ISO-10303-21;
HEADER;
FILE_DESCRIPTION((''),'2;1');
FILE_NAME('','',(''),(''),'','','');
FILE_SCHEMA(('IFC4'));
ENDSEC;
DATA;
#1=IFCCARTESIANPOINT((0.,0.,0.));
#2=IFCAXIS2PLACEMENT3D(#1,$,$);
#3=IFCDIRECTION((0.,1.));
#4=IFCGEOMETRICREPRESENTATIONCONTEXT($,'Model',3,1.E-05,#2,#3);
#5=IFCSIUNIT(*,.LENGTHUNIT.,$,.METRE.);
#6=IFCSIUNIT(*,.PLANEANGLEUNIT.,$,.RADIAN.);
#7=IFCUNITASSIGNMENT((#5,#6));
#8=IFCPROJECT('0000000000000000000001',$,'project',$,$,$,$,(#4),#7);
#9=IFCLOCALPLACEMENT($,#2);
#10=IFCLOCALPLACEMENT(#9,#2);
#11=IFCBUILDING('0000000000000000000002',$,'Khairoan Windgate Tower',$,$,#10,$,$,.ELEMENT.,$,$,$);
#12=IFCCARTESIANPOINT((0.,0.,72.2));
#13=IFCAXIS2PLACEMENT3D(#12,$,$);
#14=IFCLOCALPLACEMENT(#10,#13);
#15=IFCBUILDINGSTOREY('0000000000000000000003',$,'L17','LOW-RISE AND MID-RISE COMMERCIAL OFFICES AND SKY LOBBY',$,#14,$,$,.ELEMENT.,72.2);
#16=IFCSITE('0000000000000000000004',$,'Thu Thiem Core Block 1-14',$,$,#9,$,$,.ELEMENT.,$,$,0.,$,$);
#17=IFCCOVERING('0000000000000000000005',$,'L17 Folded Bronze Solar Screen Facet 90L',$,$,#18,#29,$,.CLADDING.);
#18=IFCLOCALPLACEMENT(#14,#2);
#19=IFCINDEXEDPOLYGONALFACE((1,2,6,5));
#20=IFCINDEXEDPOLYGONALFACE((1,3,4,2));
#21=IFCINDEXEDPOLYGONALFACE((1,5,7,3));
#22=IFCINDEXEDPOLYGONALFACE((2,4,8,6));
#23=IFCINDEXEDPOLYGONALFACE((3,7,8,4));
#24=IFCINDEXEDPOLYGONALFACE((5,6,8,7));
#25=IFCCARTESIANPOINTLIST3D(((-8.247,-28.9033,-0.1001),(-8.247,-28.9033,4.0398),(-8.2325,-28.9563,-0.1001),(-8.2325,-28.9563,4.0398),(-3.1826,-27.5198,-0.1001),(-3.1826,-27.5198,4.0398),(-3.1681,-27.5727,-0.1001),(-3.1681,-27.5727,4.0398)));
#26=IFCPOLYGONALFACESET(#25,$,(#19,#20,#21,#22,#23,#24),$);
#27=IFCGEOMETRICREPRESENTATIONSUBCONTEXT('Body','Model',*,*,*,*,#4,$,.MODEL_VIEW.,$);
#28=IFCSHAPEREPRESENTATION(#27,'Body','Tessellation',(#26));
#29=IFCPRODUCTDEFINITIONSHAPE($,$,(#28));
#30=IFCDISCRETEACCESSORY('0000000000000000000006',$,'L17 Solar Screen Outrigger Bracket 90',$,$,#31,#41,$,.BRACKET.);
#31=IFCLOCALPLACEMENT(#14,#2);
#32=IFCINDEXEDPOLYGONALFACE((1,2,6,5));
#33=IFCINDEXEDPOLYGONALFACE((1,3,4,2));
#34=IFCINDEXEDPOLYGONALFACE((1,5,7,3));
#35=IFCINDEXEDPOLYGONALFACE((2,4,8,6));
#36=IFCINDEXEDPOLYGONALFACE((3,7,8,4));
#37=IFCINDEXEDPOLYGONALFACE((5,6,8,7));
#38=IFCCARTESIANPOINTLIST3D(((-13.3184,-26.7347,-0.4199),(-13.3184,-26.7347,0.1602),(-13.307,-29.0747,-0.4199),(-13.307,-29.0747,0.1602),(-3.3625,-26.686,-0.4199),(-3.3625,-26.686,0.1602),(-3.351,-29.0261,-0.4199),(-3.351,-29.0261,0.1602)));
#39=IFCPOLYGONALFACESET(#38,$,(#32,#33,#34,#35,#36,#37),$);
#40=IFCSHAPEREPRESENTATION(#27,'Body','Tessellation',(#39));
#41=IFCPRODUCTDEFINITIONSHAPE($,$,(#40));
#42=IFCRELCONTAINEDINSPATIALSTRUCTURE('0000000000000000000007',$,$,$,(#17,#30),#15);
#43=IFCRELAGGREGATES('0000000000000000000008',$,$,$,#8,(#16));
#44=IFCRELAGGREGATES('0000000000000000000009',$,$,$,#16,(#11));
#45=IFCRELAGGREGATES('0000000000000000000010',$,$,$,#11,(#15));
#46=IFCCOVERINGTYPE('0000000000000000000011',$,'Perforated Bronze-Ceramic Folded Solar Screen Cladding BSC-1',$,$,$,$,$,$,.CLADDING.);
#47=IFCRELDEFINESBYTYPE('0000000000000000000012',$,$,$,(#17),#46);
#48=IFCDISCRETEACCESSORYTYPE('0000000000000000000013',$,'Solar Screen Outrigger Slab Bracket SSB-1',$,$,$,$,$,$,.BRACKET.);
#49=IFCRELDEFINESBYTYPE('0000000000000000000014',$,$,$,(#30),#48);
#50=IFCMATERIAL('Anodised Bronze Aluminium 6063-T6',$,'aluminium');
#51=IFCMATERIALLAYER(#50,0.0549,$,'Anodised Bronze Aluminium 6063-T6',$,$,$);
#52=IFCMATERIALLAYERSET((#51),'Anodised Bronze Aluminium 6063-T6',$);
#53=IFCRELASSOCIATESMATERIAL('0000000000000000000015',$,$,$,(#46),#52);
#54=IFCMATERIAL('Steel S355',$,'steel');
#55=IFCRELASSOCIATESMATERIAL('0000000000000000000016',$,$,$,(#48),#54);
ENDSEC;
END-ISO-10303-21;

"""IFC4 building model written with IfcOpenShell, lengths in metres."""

from ifc_helpers import new_model, si_unit, direction, frame, origin, origin_2d, place, context, subcontext, project, spatial, rectangle, extrude, material, layer, layer_set, type_object, element, save


model = new_model("IFC4")

# Units and contexts
model_context = context("Model", 3, precision=1e-05, world=origin(), true_north=direction((0.0, 1.0)))
body_context = subcontext(model_context, "Body", "Model", "MODEL_VIEW")
ifc_project = project(units=[si_unit("LENGTHUNIT", "METRE"), si_unit("PLANEANGLEUNIT", "RADIAN")], contexts=[model_context])

# Site, building, storey
site_placement = place(None, origin())
site = spatial("IfcSite", under=ifc_project, at=site_placement, Name="Thu Thiem Core Block 1-14", CompositionType="ELEMENT", RefElevation=0.0)
building_placement = place(site_placement, origin())
building = spatial("IfcBuilding", under=site, at=building_placement, Name="Khairoan Windgate Tower", CompositionType="ELEMENT")
storey_placement = place(building_placement, frame((0.0, 0.0, 72.2)))
storey = spatial("IfcBuildingStorey", under=building, at=storey_placement, Name="L17", Description="LOW-RISE AND MID-RISE COMMERCIAL OFFICES AND SKY LOBBY", CompositionType="ELEMENT", Elevation=72.2)

# Covering
ifc_material_1 = material(Name="Anodised Bronze Aluminium 6063-T6", Category="aluminium")
ifc_layer_1 = layer(ifc_material_1, 0.0549, Name="Anodised Bronze Aluminium 6063-T6")
ifc_layer_set_1 = layer_set([ifc_layer_1], Name="Anodised Bronze Aluminium 6063-T6")
covering_type = type_object("IfcCoveringType", Name="Perforated Bronze-Ceramic Folded Solar Screen Cladding BSC-1", PredefinedType="CLADDING", material=ifc_layer_set_1)
covering_placement = place(storey_placement, frame((-5.7075, -28.238, -0.1001), z_axis=(0.0, 0.0, 1.0), x_axis=(-0.964649, -0.263536, 0.0)))
element("IfcCovering", 1, at=covering_placement, inside=storey, type_object=covering_type, Name="L17 Folded Bronze Solar Screen Facet 90L", PredefinedType="CLADDING", context=body_context, shape_type="SweptSolid", body=[
    extrude(rectangle(XDim=5.25, YDim=0.0549, at=origin_2d()), origin(), (0.0, 0.0, 1.0), 4.1399),
])

# Discrete accessory
ifc_material_2 = material(Name="Steel S355", Category="steel")
discrete_accessory_type = type_object("IfcDiscreteAccessoryType", Name="Solar Screen Outrigger Slab Bracket SSB-1", PredefinedType="BRACKET", material=ifc_material_2)
discrete_accessory_placement = place(storey_placement, frame((-8.3347, -27.8804, -0.4199), z_axis=(0.0, 0.0, 1.0), x_axis=(-0.999988, -0.004887, 0.0)))
element("IfcDiscreteAccessory", 2, at=discrete_accessory_placement, inside=storey, type_object=discrete_accessory_type, Name="L17 Solar Screen Outrigger Bracket 90", PredefinedType="BRACKET", context=body_context, shape_type="SweptSolid", body=[
    extrude(rectangle(XDim=9.9561, YDim=2.3401, at=origin_2d()), origin(), (0.0, 0.0, 1.0), 0.5801),
])

save(model, "model.ifc")
